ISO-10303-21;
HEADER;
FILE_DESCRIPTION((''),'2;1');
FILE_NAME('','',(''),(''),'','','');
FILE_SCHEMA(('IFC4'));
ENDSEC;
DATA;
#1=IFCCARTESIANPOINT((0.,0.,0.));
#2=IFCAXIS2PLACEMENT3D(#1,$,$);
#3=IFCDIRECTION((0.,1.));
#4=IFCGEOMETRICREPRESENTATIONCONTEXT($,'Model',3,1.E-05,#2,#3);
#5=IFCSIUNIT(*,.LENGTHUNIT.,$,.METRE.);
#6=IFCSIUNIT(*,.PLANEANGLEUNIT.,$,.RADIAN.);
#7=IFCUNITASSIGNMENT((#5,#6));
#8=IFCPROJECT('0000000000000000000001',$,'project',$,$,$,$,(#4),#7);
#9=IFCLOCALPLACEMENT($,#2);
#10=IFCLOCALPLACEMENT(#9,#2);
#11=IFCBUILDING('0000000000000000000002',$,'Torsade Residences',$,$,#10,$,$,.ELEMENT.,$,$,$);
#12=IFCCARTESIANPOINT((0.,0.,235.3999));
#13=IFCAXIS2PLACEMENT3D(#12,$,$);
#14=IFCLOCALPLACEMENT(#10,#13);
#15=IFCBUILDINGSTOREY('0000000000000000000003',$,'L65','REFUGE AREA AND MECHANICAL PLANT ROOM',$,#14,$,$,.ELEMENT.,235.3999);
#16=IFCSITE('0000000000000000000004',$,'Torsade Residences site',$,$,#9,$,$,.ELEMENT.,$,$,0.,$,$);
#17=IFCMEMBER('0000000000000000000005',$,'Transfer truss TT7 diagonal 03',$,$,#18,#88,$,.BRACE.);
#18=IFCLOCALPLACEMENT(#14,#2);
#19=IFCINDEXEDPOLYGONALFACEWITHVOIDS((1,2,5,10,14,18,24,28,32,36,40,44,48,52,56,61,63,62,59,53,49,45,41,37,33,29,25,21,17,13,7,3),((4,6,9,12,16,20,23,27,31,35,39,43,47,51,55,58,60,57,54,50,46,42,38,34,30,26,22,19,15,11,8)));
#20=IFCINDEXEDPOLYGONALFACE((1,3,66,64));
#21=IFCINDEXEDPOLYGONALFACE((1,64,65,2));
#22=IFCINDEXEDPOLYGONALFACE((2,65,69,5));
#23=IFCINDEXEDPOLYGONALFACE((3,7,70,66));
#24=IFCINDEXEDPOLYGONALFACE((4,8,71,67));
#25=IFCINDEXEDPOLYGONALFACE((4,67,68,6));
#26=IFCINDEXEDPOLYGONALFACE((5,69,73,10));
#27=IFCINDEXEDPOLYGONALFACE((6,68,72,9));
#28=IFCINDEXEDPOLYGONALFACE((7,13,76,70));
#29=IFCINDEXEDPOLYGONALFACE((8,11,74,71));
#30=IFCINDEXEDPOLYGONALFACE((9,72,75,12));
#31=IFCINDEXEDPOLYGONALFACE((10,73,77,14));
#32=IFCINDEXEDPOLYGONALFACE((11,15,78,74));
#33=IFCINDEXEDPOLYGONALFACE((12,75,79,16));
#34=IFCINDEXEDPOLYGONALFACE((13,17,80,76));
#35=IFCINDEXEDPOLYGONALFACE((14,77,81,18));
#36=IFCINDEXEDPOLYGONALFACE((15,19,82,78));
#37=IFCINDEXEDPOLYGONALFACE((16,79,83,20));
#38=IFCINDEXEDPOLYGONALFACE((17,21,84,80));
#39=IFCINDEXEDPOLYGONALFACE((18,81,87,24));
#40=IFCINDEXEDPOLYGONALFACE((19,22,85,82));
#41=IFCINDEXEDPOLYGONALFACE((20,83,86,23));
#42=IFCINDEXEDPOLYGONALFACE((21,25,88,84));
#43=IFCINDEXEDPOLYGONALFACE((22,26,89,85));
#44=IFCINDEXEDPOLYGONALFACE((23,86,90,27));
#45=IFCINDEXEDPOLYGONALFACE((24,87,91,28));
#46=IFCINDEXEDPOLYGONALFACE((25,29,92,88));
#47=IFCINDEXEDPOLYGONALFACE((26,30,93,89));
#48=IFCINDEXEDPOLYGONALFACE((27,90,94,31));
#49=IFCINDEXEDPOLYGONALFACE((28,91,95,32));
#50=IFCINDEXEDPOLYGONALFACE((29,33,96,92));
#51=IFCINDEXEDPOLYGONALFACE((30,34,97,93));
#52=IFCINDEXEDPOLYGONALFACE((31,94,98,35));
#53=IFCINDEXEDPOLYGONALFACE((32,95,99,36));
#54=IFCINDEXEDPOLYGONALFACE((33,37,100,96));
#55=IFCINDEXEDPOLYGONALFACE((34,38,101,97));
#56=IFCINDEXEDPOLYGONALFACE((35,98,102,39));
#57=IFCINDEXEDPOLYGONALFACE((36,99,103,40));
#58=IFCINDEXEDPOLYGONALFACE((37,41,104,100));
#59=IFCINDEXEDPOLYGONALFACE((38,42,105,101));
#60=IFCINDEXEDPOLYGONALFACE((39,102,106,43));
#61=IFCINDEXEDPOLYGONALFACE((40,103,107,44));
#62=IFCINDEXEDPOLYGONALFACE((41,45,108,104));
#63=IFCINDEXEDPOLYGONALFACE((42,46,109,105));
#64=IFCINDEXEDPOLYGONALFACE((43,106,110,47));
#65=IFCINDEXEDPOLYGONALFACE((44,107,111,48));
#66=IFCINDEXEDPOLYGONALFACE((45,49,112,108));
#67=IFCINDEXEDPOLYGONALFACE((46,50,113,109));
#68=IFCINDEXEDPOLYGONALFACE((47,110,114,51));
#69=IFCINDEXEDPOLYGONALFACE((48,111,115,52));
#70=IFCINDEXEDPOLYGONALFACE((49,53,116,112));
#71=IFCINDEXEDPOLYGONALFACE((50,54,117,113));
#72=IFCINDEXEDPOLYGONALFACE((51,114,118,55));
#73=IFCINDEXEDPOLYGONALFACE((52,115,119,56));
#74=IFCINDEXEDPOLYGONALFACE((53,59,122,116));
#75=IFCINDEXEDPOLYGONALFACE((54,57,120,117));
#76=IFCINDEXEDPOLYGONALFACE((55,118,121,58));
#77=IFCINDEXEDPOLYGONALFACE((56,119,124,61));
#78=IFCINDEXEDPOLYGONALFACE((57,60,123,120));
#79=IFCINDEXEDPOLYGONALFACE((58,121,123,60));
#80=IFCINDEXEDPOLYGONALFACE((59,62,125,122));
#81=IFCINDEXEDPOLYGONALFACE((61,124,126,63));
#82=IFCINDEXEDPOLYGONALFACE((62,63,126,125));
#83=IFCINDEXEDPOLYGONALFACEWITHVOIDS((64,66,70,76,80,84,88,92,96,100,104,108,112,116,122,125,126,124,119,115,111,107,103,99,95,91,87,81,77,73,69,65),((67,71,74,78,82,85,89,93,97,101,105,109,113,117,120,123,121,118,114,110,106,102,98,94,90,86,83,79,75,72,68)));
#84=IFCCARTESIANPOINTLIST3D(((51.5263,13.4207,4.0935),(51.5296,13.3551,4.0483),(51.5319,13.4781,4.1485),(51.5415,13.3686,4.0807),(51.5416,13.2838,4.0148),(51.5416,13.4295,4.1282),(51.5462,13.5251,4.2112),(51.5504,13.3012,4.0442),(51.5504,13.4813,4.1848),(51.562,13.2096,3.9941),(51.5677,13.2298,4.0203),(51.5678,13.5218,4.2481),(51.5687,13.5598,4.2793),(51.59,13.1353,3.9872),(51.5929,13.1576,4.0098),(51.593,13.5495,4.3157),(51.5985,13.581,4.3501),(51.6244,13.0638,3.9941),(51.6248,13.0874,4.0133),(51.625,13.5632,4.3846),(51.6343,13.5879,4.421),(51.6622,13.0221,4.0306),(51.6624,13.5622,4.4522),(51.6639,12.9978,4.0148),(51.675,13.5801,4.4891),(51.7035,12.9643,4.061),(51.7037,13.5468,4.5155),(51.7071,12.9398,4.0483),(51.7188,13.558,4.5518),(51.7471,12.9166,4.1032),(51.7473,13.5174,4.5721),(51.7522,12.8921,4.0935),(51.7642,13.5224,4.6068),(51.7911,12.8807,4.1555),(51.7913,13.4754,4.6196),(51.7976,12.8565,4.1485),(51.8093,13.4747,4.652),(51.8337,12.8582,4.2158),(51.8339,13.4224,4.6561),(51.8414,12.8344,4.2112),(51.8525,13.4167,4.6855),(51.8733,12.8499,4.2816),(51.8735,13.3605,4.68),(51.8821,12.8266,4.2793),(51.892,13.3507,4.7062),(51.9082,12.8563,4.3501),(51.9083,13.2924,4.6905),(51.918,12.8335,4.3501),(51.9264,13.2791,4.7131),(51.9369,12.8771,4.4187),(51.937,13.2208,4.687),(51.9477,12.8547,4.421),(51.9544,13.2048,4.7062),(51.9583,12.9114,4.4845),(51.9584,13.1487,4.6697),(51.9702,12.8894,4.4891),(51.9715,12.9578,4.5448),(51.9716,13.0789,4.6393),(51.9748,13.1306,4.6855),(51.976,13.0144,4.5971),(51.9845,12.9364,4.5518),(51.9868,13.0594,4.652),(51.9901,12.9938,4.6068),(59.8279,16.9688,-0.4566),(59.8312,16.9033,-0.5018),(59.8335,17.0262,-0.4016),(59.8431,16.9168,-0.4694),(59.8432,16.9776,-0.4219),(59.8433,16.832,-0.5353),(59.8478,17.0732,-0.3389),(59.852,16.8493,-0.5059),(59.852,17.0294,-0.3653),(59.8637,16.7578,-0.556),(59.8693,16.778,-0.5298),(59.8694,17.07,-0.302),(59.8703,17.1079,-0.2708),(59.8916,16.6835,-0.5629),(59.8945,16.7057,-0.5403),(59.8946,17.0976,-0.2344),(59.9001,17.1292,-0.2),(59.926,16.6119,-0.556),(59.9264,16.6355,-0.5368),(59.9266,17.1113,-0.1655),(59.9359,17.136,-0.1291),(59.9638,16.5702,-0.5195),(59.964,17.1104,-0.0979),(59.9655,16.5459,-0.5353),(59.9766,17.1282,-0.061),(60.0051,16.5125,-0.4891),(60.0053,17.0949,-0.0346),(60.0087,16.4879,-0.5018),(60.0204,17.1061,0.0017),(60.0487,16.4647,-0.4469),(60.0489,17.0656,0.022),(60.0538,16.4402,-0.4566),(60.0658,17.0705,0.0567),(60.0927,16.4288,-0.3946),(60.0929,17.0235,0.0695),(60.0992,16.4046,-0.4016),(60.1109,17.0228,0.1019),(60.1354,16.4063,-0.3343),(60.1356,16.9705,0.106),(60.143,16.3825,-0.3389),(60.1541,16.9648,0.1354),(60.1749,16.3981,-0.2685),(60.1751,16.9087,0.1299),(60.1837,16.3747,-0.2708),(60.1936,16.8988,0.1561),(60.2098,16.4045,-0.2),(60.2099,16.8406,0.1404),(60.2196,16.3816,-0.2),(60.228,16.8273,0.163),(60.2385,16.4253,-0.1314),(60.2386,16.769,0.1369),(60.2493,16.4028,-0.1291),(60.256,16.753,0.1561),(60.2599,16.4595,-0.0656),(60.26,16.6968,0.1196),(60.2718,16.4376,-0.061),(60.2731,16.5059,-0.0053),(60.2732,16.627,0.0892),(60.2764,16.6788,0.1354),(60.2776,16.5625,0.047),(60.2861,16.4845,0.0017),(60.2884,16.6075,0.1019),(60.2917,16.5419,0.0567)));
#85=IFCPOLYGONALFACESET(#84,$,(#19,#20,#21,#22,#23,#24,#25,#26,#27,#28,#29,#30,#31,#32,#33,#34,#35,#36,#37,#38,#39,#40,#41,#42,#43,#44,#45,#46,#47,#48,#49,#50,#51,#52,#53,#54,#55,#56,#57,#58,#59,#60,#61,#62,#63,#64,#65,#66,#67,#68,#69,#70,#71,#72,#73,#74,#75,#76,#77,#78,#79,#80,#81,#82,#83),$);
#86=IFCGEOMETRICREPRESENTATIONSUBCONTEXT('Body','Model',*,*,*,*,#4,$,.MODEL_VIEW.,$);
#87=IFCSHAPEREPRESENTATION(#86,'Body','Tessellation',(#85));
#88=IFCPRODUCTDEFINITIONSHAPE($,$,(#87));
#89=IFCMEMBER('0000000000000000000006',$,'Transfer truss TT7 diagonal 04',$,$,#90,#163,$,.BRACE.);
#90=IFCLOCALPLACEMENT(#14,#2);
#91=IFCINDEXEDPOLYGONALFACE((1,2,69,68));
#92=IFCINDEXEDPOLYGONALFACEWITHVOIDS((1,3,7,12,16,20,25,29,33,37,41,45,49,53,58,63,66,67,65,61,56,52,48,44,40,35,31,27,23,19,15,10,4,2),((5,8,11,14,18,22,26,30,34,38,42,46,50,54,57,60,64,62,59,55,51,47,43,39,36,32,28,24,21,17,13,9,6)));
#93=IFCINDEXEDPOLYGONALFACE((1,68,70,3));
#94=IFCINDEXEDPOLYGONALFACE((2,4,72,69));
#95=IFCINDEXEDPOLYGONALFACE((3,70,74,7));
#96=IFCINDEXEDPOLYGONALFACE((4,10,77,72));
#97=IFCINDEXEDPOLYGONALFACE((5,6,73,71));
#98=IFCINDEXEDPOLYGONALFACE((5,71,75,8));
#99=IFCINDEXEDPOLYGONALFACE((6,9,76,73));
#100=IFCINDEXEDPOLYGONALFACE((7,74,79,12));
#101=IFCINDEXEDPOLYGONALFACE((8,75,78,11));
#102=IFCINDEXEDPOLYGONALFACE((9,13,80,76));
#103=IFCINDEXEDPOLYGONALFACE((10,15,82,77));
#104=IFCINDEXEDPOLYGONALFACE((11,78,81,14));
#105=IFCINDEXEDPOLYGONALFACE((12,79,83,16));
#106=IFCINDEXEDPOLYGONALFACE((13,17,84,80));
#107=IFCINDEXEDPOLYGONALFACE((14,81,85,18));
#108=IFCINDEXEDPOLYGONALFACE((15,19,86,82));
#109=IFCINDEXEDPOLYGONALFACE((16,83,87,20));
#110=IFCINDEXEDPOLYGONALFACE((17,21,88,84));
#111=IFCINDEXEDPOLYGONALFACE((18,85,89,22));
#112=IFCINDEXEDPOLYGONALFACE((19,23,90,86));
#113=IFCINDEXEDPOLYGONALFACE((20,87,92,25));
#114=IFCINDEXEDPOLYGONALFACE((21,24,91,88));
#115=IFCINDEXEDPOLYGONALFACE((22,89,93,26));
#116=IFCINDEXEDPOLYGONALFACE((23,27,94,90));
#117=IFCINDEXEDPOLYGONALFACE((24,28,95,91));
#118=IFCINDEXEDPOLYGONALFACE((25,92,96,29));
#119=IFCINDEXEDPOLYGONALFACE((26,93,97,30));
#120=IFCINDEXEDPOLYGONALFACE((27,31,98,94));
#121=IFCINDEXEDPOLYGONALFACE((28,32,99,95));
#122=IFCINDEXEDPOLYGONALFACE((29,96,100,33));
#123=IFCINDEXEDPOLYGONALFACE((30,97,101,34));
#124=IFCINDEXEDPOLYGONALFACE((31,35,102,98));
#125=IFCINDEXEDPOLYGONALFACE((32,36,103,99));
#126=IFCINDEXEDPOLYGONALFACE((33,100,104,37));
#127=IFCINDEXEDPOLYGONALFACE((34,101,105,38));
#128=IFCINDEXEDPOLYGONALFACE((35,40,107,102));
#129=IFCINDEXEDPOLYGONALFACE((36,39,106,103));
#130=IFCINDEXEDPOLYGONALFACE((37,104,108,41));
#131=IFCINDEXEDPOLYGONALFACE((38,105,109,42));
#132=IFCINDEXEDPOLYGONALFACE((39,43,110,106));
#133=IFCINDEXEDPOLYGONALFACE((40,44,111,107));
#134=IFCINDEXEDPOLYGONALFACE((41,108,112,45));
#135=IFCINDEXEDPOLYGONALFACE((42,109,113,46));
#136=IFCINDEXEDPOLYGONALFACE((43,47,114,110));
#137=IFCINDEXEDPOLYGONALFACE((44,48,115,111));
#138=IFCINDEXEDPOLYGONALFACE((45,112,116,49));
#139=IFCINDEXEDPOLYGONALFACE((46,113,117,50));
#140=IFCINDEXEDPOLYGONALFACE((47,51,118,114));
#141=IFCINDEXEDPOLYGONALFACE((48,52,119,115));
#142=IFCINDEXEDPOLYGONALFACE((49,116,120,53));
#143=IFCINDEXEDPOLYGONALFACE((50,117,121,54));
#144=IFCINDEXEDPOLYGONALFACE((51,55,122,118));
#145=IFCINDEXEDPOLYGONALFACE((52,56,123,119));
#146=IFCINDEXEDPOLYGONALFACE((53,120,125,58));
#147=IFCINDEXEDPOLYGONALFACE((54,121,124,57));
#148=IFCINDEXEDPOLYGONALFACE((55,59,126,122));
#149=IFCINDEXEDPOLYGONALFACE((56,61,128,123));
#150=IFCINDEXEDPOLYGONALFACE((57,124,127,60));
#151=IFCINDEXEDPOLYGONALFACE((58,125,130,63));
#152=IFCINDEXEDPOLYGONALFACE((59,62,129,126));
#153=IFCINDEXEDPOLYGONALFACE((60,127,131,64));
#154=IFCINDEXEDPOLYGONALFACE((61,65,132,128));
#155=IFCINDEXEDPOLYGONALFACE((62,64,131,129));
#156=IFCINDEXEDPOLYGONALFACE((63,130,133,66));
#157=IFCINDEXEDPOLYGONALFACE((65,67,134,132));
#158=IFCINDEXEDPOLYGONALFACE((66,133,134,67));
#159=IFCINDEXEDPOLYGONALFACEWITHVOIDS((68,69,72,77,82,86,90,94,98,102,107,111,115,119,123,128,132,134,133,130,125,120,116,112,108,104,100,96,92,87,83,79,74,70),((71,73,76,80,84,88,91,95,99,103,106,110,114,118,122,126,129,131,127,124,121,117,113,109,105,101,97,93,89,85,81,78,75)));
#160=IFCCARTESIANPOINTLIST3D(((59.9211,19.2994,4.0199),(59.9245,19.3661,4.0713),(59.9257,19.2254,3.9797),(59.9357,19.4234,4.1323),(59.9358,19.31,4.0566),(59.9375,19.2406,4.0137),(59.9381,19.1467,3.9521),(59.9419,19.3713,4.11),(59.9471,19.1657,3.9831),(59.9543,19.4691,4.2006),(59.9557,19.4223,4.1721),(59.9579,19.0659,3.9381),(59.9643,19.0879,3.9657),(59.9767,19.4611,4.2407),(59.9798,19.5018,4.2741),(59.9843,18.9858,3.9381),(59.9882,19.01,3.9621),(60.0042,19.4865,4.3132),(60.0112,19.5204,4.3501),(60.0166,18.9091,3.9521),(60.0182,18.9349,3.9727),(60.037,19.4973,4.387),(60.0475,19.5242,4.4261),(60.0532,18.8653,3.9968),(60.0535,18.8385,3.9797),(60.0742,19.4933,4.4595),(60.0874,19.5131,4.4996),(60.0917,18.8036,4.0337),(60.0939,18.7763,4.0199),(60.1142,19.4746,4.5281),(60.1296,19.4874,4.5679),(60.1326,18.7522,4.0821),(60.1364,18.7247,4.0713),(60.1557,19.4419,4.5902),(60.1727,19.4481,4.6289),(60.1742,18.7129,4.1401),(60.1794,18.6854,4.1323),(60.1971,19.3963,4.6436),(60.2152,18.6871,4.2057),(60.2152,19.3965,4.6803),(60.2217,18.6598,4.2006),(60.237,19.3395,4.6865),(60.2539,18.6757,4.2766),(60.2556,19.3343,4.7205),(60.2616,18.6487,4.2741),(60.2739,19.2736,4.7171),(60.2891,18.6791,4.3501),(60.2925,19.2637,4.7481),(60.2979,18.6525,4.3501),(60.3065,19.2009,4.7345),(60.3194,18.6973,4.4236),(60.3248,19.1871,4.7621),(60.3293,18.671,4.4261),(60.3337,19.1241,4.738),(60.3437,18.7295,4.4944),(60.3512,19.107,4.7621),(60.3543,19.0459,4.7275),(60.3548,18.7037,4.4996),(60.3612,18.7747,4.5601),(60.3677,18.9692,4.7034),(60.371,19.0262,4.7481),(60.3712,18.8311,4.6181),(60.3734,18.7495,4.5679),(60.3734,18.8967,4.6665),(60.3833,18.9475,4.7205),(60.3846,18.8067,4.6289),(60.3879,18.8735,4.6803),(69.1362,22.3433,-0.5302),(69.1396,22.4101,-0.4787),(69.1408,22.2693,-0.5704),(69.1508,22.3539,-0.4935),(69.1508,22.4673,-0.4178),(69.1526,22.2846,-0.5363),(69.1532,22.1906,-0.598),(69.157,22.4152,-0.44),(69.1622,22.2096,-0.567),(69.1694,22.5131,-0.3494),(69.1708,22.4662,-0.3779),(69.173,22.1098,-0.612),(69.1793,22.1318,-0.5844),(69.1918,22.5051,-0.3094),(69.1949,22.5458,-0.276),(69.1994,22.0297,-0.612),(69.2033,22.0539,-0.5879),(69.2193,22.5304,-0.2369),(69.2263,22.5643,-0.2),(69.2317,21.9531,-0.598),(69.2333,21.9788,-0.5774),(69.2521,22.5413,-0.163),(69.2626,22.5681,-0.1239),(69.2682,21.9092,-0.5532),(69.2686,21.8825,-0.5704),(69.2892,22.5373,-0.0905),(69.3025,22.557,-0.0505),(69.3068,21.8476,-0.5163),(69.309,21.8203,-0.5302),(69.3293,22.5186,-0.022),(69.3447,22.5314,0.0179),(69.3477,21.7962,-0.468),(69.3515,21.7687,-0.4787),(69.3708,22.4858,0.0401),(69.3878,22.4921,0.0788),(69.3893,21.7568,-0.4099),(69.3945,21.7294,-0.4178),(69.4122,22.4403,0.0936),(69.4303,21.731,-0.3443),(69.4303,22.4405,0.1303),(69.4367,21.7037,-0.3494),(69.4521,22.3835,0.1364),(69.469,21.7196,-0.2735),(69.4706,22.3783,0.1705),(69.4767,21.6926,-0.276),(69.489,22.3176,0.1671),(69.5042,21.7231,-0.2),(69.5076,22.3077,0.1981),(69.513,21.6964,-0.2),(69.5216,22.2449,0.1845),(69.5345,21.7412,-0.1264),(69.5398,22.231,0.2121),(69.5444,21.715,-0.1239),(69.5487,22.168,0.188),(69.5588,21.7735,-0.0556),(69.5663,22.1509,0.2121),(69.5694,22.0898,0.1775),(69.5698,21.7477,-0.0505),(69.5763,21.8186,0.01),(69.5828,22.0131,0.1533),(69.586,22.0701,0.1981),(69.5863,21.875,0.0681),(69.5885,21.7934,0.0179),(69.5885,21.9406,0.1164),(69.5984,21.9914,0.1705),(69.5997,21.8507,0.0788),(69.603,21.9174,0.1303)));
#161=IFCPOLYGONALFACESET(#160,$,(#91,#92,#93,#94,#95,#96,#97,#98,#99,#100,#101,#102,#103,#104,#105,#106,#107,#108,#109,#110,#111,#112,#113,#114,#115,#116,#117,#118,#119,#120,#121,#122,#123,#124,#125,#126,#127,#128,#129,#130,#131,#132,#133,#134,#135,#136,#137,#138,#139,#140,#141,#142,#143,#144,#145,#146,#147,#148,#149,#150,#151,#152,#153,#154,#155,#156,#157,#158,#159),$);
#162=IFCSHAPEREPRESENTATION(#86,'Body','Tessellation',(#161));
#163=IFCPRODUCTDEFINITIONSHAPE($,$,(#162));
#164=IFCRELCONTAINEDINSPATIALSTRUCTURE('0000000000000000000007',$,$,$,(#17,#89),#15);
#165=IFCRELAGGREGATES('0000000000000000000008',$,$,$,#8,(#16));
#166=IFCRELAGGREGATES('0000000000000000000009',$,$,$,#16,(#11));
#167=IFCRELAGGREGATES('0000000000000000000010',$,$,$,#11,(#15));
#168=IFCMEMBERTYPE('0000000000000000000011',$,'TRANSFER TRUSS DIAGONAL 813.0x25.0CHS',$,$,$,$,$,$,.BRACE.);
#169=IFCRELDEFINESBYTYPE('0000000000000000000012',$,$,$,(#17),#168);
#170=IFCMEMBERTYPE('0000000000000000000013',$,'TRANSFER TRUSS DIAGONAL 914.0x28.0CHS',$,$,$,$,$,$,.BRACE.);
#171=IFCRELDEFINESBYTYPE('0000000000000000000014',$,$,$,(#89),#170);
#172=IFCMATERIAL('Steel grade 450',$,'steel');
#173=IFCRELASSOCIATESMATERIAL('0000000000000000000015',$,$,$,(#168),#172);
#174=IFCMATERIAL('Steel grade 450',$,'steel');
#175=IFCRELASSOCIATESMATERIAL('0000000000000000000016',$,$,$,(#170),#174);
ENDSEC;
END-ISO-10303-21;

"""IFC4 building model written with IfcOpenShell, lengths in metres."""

from ifc_helpers import new_model, si_unit, direction, frame, origin, origin_2d, place, context, subcontext, project, spatial, hollow_circle, extrude, material, material_profile, profile_set, type_object, element, save


model = new_model("IFC4")

# Units and contexts
model_context = context("Model", 3, precision=1e-05, world=origin(), true_north=direction((0.0, 1.0)))
body_context = subcontext(model_context, "Body", "Model", "MODEL_VIEW")
ifc_project = project(units=[si_unit("LENGTHUNIT", "METRE"), si_unit("PLANEANGLEUNIT", "RADIAN")], contexts=[model_context])

# Site, building, storey
site_placement = place(None, origin())
site = spatial("IfcSite", under=ifc_project, at=site_placement, Name="Torsade Residences site", CompositionType="ELEMENT", RefElevation=0.0)
building_placement = place(site_placement, origin())
building = spatial("IfcBuilding", under=site, at=building_placement, Name="Torsade Residences", CompositionType="ELEMENT")
storey_placement = place(building_placement, frame((0.0, 0.0, 235.3999)))
storey = spatial("IfcBuildingStorey", under=building, at=storey_placement, Name="L65", Description="REFUGE AREA AND MECHANICAL PLANT ROOM", CompositionType="ELEMENT", Elevation=235.3999)

# Members
ifc_material_1 = material(Name="Steel grade 450", Category="steel")
ifc_material_profile_1 = material_profile(ifc_material_1, hollow_circle(Radius=0.4065, WallThickness=0.0249, at=origin_2d()), Name="813.0x25.0CHS")
ifc_profile_set_1 = profile_set([ifc_material_profile_1], Name="Steel grade 450")
member_type_1 = type_object("IfcMemberType", Name="TRANSFER TRUSS DIAGONAL 813.0x25.0CHS", PredefinedType="BRACE", material=ifc_profile_set_1)
member_1_placement = place(storey_placement, frame((60.0598, 16.7554, -0.2), z_axis=(-0.821139, -0.350958, 0.450065), x_axis=(0.393012, -0.919533, 0.0)))
element("IfcMember", 1, at=member_1_placement, inside=storey, type_object=member_type_1, Name="Transfer truss TT7 diagonal 03", PredefinedType="BRACE", context=body_context, shape_type="SweptSolid", body=[
    extrude(hollow_circle(Radius=0.4065, WallThickness=0.0249, at=origin_2d()), origin(), (0.0, 0.0, 1.0), 10.1099),
])
ifc_material_2 = material(Name="Steel grade 450", Category="steel")
ifc_material_profile_2 = material_profile(ifc_material_2, hollow_circle(Radius=0.457, WallThickness=0.0281, at=origin_2d()), Name="914.0x28.0CHS")
ifc_profile_set_2 = profile_set([ifc_material_profile_2], Name="Steel grade 450")
member_type_2 = type_object("IfcMemberType", Name="TRANSFER TRUSS DIAGONAL 914.0x28.0CHS", PredefinedType="BRACE", material=ifc_profile_set_2)
member_2_placement = place(storey_placement, frame((69.3696, 22.1304, -0.2), z_axis=(-0.859736, -0.28399, 0.424504), x_axis=(0.313653, -0.949538, 0.0)))
element("IfcMember", 2, at=member_2_placement, inside=storey, type_object=member_type_2, Name="Transfer truss TT7 diagonal 04", PredefinedType="BRACE", context=body_context, shape_type="SweptSolid", body=[
    extrude(hollow_circle(Radius=0.457, WallThickness=0.0281, at=origin_2d()), origin(), (0.0, 0.0, 1.0), 10.7185),
])

save(model, "model.ifc")
